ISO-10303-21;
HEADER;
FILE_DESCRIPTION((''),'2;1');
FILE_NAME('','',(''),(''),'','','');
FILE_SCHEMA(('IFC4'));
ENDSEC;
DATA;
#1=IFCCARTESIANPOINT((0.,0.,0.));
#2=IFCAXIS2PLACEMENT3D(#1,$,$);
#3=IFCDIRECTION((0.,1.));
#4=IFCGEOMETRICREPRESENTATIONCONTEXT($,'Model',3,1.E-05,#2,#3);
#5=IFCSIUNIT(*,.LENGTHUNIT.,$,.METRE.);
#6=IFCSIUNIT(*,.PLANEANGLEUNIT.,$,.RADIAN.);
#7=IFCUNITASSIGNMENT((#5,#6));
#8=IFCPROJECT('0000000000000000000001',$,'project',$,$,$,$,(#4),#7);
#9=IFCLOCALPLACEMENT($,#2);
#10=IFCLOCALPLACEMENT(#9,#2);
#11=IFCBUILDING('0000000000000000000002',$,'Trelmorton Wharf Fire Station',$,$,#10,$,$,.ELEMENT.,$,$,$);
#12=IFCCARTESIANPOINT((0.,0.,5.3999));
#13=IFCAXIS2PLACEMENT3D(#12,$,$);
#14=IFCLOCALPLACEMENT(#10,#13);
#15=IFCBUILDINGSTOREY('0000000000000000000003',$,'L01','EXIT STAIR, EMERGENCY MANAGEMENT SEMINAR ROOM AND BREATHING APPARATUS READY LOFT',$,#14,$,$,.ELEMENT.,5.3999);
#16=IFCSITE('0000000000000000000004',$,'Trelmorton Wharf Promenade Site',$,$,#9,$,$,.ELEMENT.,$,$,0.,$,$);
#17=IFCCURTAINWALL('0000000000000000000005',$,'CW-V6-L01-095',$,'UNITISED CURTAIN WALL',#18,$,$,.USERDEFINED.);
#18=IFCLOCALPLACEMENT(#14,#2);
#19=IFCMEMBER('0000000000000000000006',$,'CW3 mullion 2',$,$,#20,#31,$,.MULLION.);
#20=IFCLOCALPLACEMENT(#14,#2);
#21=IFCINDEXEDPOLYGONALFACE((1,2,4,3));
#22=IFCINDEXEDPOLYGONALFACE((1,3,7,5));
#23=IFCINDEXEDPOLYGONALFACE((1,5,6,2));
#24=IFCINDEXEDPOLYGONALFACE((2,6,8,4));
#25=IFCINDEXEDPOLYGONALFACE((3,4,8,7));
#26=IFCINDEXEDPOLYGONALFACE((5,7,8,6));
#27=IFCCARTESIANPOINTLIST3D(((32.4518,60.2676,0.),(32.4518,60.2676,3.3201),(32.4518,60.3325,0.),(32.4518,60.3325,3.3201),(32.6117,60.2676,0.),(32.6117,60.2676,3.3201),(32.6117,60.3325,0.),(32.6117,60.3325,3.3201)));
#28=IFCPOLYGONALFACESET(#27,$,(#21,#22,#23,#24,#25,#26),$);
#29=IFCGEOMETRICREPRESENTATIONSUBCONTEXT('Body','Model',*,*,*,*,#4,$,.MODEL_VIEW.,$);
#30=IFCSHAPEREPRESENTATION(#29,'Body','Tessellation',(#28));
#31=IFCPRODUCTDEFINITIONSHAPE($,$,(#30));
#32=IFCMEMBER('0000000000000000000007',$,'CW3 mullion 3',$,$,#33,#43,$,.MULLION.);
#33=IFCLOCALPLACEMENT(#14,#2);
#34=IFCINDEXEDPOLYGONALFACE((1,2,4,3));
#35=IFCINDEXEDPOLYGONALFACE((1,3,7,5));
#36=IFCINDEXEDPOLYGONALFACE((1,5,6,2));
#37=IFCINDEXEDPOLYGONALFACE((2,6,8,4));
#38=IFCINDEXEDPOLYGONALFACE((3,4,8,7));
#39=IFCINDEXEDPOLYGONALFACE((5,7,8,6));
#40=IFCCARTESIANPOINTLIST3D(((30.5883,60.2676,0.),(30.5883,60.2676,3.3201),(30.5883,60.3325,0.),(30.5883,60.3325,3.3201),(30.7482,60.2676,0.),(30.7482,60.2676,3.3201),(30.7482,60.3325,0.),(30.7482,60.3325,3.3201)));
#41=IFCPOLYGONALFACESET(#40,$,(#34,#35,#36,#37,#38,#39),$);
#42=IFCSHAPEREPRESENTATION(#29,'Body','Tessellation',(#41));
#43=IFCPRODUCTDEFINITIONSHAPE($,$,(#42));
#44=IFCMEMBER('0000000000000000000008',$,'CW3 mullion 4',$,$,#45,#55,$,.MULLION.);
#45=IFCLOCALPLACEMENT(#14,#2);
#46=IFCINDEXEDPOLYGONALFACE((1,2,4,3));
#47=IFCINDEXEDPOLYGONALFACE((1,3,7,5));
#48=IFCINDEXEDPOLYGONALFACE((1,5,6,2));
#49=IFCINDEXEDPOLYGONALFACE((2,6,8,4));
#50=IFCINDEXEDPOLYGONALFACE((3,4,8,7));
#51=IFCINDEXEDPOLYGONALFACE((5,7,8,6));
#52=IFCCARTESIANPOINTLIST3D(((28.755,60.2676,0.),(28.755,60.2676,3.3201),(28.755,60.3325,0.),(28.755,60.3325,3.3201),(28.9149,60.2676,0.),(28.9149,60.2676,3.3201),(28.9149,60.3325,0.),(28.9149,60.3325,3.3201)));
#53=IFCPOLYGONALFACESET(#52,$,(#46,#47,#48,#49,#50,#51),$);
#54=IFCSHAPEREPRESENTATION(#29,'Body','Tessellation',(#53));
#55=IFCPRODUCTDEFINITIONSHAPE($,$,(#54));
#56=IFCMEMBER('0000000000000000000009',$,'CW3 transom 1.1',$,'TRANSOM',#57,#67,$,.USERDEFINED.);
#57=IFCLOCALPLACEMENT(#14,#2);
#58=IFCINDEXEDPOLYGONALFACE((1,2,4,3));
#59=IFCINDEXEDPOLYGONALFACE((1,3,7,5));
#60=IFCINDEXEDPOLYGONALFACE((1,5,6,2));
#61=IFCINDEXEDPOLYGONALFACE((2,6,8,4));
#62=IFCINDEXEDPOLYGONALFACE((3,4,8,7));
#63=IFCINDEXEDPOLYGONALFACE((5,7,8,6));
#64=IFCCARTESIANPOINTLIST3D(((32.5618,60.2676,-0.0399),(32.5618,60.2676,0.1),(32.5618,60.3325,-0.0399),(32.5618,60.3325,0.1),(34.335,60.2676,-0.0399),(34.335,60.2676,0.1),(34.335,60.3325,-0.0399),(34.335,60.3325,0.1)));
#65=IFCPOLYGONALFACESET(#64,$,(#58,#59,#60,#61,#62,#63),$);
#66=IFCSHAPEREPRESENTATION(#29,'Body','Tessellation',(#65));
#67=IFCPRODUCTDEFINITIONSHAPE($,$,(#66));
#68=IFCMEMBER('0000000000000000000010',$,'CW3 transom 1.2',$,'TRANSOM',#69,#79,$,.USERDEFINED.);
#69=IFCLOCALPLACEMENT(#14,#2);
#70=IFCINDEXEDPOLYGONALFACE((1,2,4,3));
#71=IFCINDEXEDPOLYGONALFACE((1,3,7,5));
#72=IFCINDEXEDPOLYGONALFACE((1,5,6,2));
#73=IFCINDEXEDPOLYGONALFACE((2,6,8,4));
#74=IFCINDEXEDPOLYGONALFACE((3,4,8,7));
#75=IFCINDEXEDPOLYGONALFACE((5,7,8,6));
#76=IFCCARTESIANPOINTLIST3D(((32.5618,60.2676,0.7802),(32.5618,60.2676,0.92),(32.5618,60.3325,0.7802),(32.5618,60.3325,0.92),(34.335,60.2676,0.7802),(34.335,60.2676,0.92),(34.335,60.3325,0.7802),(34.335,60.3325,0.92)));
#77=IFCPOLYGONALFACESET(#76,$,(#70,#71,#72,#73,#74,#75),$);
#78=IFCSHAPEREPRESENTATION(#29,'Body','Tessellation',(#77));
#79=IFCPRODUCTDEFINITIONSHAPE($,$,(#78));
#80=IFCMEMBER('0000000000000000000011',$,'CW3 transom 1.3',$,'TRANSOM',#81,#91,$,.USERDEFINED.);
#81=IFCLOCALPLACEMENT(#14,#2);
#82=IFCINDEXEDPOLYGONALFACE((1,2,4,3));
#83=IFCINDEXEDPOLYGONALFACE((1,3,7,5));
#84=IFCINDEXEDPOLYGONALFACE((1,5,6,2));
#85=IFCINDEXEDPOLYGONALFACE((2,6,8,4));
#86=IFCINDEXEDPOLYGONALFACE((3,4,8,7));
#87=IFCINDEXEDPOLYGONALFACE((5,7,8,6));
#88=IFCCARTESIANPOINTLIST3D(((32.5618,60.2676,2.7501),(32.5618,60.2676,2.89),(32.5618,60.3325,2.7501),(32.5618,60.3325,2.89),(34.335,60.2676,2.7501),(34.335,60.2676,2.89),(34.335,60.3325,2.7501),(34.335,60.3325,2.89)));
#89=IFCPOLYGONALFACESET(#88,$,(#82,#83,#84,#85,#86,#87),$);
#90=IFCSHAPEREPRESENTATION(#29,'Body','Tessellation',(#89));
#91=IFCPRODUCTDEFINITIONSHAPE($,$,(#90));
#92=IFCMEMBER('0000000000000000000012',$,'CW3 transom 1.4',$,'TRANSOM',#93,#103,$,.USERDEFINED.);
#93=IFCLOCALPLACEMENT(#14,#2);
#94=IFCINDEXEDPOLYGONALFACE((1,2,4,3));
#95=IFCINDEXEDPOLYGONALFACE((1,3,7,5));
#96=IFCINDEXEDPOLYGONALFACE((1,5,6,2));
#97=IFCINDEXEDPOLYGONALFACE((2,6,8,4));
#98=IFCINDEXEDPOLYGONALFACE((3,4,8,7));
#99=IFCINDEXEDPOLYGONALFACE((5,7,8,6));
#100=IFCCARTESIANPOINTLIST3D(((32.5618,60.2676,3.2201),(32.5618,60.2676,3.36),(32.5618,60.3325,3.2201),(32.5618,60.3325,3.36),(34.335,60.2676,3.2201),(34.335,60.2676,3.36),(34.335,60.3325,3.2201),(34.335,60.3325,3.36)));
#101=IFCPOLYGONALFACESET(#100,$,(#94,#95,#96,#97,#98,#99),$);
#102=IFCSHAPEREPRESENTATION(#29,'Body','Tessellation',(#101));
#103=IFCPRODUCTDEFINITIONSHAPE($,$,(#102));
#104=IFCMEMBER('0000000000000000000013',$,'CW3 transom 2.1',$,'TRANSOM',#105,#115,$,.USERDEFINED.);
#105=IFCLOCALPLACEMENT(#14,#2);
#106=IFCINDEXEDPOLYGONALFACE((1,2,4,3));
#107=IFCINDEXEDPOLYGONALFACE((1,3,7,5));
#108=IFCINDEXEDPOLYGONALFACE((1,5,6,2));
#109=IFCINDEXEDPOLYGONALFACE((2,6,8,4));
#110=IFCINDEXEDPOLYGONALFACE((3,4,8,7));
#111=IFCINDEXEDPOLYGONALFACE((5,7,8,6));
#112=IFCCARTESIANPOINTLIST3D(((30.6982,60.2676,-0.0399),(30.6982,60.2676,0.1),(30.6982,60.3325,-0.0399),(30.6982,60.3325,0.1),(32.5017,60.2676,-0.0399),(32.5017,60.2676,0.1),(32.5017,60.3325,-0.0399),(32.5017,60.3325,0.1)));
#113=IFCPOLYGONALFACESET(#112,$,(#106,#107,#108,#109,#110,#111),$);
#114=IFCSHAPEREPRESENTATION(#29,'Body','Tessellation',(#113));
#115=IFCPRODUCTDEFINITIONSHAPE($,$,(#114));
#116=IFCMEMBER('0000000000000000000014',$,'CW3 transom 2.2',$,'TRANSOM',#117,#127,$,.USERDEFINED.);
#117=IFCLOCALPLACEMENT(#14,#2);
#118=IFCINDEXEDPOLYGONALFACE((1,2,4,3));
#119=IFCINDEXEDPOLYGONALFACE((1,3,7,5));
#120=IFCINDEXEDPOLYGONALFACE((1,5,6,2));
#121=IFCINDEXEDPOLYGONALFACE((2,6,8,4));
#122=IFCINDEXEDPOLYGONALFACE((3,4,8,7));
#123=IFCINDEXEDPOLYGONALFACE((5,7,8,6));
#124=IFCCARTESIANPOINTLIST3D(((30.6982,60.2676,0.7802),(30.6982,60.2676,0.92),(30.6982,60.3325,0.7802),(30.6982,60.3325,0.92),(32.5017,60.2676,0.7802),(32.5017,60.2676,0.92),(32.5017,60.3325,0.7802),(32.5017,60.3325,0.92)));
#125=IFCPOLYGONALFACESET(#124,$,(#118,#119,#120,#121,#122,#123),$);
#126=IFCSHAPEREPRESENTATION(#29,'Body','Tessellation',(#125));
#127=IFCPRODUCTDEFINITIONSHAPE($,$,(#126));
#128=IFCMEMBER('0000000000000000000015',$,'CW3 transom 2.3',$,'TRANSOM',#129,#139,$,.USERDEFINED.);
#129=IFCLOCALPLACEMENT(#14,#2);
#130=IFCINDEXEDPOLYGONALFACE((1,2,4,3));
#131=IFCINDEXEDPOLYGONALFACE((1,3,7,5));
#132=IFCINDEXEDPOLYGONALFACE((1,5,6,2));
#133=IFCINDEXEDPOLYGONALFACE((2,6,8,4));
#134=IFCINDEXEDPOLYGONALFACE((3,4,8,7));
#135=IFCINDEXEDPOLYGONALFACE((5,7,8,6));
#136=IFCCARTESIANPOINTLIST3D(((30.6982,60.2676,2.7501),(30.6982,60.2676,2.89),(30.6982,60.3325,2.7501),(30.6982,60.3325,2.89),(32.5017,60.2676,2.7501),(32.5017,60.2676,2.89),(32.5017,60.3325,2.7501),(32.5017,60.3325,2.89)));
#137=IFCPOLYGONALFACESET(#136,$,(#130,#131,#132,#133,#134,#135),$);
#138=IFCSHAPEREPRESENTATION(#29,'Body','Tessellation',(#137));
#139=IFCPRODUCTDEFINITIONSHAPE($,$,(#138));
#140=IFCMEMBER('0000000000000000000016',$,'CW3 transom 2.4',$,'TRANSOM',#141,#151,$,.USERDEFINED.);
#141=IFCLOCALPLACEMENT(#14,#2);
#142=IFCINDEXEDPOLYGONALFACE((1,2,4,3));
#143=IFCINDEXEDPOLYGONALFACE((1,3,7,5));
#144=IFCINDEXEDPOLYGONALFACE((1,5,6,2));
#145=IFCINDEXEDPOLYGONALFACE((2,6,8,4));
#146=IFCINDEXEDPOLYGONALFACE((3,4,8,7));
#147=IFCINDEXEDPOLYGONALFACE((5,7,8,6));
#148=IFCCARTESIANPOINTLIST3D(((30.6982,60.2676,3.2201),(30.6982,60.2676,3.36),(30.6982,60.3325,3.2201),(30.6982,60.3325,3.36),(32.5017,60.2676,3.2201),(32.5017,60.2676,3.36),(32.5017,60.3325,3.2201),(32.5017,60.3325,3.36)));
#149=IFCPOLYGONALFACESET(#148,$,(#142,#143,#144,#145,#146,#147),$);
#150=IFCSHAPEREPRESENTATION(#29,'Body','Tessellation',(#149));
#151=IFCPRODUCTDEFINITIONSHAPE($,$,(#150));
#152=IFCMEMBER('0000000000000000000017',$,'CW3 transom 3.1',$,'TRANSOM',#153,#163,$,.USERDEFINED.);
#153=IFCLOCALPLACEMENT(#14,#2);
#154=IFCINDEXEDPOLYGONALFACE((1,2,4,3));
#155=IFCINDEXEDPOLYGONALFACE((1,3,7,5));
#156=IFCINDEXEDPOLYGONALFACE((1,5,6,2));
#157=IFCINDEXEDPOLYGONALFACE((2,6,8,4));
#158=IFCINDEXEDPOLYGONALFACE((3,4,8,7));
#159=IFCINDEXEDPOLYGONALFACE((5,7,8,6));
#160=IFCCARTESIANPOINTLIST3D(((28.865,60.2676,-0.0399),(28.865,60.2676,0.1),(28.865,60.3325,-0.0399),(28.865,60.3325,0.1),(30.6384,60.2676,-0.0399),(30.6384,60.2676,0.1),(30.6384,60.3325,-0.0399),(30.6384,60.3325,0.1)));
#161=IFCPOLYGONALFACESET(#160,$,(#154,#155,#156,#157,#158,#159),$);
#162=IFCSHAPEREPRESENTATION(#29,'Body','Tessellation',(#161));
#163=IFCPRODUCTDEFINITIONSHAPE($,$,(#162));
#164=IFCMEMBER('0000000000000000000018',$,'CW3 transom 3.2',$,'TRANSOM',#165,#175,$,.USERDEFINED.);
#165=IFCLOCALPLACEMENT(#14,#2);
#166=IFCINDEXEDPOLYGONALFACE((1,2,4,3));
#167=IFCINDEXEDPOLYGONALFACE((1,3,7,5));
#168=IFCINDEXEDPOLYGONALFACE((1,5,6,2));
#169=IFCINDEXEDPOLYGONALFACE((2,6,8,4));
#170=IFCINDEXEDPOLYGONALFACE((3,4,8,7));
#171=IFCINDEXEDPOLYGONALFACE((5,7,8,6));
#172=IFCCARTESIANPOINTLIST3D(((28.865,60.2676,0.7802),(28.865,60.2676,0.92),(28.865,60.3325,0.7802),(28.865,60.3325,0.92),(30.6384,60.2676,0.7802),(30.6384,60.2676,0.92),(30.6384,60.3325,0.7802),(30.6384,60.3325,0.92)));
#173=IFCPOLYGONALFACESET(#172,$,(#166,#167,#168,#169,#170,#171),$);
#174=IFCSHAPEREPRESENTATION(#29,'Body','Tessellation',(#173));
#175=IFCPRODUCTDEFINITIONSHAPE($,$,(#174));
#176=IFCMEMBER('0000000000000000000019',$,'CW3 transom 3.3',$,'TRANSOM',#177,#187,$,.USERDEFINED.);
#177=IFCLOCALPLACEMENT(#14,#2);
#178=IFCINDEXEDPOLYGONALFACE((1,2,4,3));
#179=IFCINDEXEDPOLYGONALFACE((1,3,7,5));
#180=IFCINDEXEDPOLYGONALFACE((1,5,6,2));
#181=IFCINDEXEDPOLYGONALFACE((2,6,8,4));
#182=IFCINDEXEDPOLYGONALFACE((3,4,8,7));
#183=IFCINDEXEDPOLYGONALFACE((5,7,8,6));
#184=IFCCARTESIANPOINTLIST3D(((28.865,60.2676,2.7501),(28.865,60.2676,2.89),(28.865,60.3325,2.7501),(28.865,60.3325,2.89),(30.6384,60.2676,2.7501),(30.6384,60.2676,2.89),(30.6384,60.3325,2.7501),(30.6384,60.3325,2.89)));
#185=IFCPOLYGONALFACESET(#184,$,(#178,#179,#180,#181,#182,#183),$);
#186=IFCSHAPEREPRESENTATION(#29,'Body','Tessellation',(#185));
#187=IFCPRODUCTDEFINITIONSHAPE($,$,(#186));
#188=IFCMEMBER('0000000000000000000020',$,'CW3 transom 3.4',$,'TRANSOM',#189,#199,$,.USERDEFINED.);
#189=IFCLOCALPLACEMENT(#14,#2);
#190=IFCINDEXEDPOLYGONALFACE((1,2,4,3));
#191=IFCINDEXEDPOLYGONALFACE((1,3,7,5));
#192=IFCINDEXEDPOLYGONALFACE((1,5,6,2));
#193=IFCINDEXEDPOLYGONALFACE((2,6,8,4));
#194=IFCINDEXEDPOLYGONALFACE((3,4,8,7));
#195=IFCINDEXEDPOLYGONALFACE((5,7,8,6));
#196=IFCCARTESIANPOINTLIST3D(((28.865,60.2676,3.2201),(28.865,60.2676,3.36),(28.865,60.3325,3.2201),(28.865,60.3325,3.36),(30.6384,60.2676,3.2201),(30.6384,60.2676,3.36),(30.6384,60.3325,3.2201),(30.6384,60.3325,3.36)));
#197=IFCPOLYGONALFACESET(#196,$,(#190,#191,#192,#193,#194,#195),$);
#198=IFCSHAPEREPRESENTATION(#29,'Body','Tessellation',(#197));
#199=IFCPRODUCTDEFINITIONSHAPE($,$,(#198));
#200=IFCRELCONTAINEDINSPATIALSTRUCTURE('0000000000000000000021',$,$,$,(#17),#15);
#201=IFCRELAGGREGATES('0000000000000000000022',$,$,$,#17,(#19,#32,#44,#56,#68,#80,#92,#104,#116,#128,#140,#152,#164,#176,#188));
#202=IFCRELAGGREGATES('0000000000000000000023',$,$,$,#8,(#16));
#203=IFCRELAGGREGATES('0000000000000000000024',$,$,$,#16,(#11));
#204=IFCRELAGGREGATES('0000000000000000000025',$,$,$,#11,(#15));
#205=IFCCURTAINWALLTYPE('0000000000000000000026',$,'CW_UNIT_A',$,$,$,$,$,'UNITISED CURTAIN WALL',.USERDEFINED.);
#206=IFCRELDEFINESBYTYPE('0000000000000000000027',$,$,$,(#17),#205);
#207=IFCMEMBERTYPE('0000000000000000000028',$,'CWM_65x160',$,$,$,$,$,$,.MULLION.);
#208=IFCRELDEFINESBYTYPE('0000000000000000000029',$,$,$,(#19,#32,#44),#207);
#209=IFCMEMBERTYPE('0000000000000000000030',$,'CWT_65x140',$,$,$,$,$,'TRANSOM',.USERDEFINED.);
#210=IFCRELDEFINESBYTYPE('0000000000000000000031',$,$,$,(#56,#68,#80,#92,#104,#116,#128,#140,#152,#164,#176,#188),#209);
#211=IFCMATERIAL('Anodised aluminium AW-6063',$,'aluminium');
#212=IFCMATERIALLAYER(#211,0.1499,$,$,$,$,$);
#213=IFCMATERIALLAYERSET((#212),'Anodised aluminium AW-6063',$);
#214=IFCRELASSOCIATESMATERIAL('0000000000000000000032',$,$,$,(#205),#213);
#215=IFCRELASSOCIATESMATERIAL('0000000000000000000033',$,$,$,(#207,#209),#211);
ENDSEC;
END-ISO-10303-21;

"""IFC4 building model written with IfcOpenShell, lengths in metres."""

from ifc_helpers import new_model, si_unit, direction, frame, origin, origin_2d, place, context, subcontext, project, spatial, rectangle, extrude, material, layer, layer_set, material_profile, profile_set, type_object, element, aggregate, save


model = new_model("IFC4")

# Units and contexts
model_context = context("Model", 3, precision=1e-05, world=origin(), true_north=direction((0.0, 1.0)))
body_context = subcontext(model_context, "Body", "Model", "MODEL_VIEW")
ifc_project = project(units=[si_unit("LENGTHUNIT", "METRE"), si_unit("PLANEANGLEUNIT", "RADIAN")], contexts=[model_context])

# Site, building, storey
site_placement = place(None, origin())
site = spatial("IfcSite", under=ifc_project, at=site_placement, Name="Trelmorton Wharf Promenade Site", CompositionType="ELEMENT", RefElevation=0.0)
building_placement = place(site_placement, origin())
building = spatial("IfcBuilding", under=site, at=building_placement, Name="Trelmorton Wharf Fire Station", CompositionType="ELEMENT")
storey_placement = place(building_placement, frame((0.0, 0.0, 5.3999)))
storey = spatial("IfcBuildingStorey", under=building, at=storey_placement, Name="L01", Description="EXIT STAIR, EMERGENCY MANAGEMENT SEMINAR ROOM AND BREATHING APPARATUS READY LOFT", CompositionType="ELEMENT", Elevation=5.3999)

# Curtain wall, members
ifc_material_1 = material(Name="Anodised aluminium AW-6063", Category="aluminium")
ifc_layer_1 = layer(ifc_material_1, 0.1499)
ifc_layer_set_1 = layer_set([ifc_layer_1], Name="Anodised aluminium AW-6063")
curtain_wall_type = type_object("IfcCurtainWallType", Name="CW_UNIT_A", ElementType="UNITISED CURTAIN WALL", PredefinedType="USERDEFINED", material=ifc_layer_set_1)
curtain_wall_placement = place(storey_placement, origin())
curtain_wall = element("IfcCurtainWall", 1, at=curtain_wall_placement, inside=storey, type_object=curtain_wall_type, Name="CW-V6-L01-095", ObjectType="UNITISED CURTAIN WALL", PredefinedType="USERDEFINED")
ifc_material_profile_1 = material_profile(ifc_material_1, rectangle(XDim=0.0649, YDim=0.1599, at=origin_2d()), Name="ALU-65x160")
ifc_profile_set_1 = profile_set([ifc_material_profile_1], Name="Anodised aluminium AW-6063")
member_type_1 = type_object("IfcMemberType", Name="CWM_65x160", PredefinedType="MULLION", material=ifc_profile_set_1)
member_1_placement = place(storey_placement, frame((32.5317, 60.3, 0.0), z_axis=(0.0, 0.0, 1.0), x_axis=(0.0, -1.0, 0.0)))
member_1 = element("IfcMember", 2, at=member_1_placement, type_object=member_type_1, Name="CW3 mullion 2", PredefinedType="MULLION", context=body_context, shape_type="SweptSolid", body=[
    extrude(rectangle(XDim=0.0649, YDim=0.1599, at=origin_2d()), origin(), (0.0, 0.0, 1.0), 3.3201),
])
member_2_placement = place(storey_placement, frame((30.6682, 60.3, 0.0), z_axis=(0.0, 0.0, 1.0), x_axis=(0.0, -1.0, 0.0)))
member_2 = element("IfcMember", 3, at=member_2_placement, type_object=member_type_1, Name="CW3 mullion 3", PredefinedType="MULLION", context=body_context, shape_type="SweptSolid", body=[
    extrude(rectangle(XDim=0.0649, YDim=0.1599, at=origin_2d()), origin(), (0.0, 0.0, 1.0), 3.3201),
])
member_3_placement = place(storey_placement, frame((28.835, 60.3, 0.0), z_axis=(0.0, 0.0, 1.0), x_axis=(0.0, -1.0, 0.0)))
member_3 = element("IfcMember", 4, at=member_3_placement, type_object=member_type_1, Name="CW3 mullion 4", PredefinedType="MULLION", context=body_context, shape_type="SweptSolid", body=[
    extrude(rectangle(XDim=0.0649, YDim=0.1599, at=origin_2d()), origin(), (0.0, 0.0, 1.0), 3.3201),
])
ifc_material_profile_2 = material_profile(ifc_material_1, rectangle(XDim=0.0649, YDim=0.1399, at=origin_2d()), Name="ALU-65x140")
ifc_profile_set_2 = profile_set([ifc_material_profile_2], Name="Anodised aluminium AW-6063")
member_type_2 = type_object("IfcMemberType", Name="CWT_65x140", ElementType="TRANSOM", PredefinedType="USERDEFINED", material=ifc_profile_set_2)
member_4_placement = place(storey_placement, frame((34.335, 60.3, 0.03), z_axis=(-1.0, 0.0, 0.0), x_axis=(0.0, -1.0, 0.0)))
member_4 = element("IfcMember", 5, at=member_4_placement, type_object=member_type_2, Name="CW3 transom 1.1", ObjectType="TRANSOM", PredefinedType="USERDEFINED", context=body_context, shape_type="SweptSolid", body=[
    extrude(rectangle(XDim=0.0649, YDim=0.1399, at=origin_2d()), origin(), (0.0, 0.0, 1.0), 1.7732),
])
member_5_placement = place(storey_placement, frame((34.335, 60.3, 0.8501), z_axis=(-1.0, 0.0, 0.0), x_axis=(0.0, -1.0, 0.0)))
member_5 = element("IfcMember", 6, at=member_5_placement, type_object=member_type_2, Name="CW3 transom 1.2", ObjectType="TRANSOM", PredefinedType="USERDEFINED", context=body_context, shape_type="SweptSolid", body=[
    extrude(rectangle(XDim=0.0649, YDim=0.1399, at=origin_2d()), origin(), (0.0, 0.0, 1.0), 1.7732),
])
member_6_placement = place(storey_placement, frame((34.335, 60.3, 2.8201), z_axis=(-1.0, 0.0, 0.0), x_axis=(0.0, -1.0, 0.0)))
member_6 = element("IfcMember", 7, at=member_6_placement, type_object=member_type_2, Name="CW3 transom 1.3", ObjectType="TRANSOM", PredefinedType="USERDEFINED", context=body_context, shape_type="SweptSolid", body=[
    extrude(rectangle(XDim=0.0649, YDim=0.1399, at=origin_2d()), origin(), (0.0, 0.0, 1.0), 1.7732),
])
member_7_placement = place(storey_placement, frame((34.335, 60.3, 3.29), z_axis=(-1.0, 0.0, 0.0), x_axis=(0.0, -1.0, 0.0)))
member_7 = element("IfcMember", 8, at=member_7_placement, type_object=member_type_2, Name="CW3 transom 1.4", ObjectType="TRANSOM", PredefinedType="USERDEFINED", context=body_context, shape_type="SweptSolid", body=[
    extrude(rectangle(XDim=0.0649, YDim=0.1399, at=origin_2d()), origin(), (0.0, 0.0, 1.0), 1.7732),
])
member_8_placement = place(storey_placement, frame((32.5017, 60.3, 0.03), z_axis=(-1.0, 0.0, 0.0), x_axis=(0.0, -1.0, 0.0)))
member_8 = element("IfcMember", 9, at=member_8_placement, type_object=member_type_2, Name="CW3 transom 2.1", ObjectType="TRANSOM", PredefinedType="USERDEFINED", context=body_context, shape_type="SweptSolid", body=[
    extrude(rectangle(XDim=0.0649, YDim=0.1399, at=origin_2d()), origin(), (0.0, 0.0, 1.0), 1.8035),
])
member_9_placement = place(storey_placement, frame((32.5017, 60.3, 0.8501), z_axis=(-1.0, 0.0, 0.0), x_axis=(0.0, -1.0, 0.0)))
member_9 = element("IfcMember", 10, at=member_9_placement, type_object=member_type_2, Name="CW3 transom 2.2", ObjectType="TRANSOM", PredefinedType="USERDEFINED", context=body_context, shape_type="SweptSolid", body=[
    extrude(rectangle(XDim=0.0649, YDim=0.1399, at=origin_2d()), origin(), (0.0, 0.0, 1.0), 1.8035),
])
member_10_placement = place(storey_placement, frame((32.5017, 60.3, 2.8201), z_axis=(-1.0, 0.0, 0.0), x_axis=(0.0, -1.0, 0.0)))
member_10 = element("IfcMember", 11, at=member_10_placement, type_object=member_type_2, Name="CW3 transom 2.3", ObjectType="TRANSOM", PredefinedType="USERDEFINED", context=body_context, shape_type="SweptSolid", body=[
    extrude(rectangle(XDim=0.0649, YDim=0.1399, at=origin_2d()), origin(), (0.0, 0.0, 1.0), 1.8035),
])
member_11_placement = place(storey_placement, frame((32.5017, 60.3, 3.29), z_axis=(-1.0, 0.0, 0.0), x_axis=(0.0, -1.0, 0.0)))
member_11 = element("IfcMember", 12, at=member_11_placement, type_object=member_type_2, Name="CW3 transom 2.4", ObjectType="TRANSOM", PredefinedType="USERDEFINED", context=body_context, shape_type="SweptSolid", body=[
    extrude(rectangle(XDim=0.0649, YDim=0.1399, at=origin_2d()), origin(), (0.0, 0.0, 1.0), 1.8035),
])
member_12_placement = place(storey_placement, frame((30.6384, 60.3, 0.03), z_axis=(-1.0, 0.0, 0.0), x_axis=(0.0, -1.0, 0.0)))
member_12 = element("IfcMember", 13, at=member_12_placement, type_object=member_type_2, Name="CW3 transom 3.1", ObjectType="TRANSOM", PredefinedType="USERDEFINED", context=body_context, shape_type="SweptSolid", body=[
    extrude(rectangle(XDim=0.0649, YDim=0.1399, at=origin_2d()), origin(), (0.0, 0.0, 1.0), 1.7734),
])
member_13_placement = place(storey_placement, frame((30.6384, 60.3, 0.8501), z_axis=(-1.0, 0.0, 0.0), x_axis=(0.0, -1.0, 0.0)))
member_13 = element("IfcMember", 14, at=member_13_placement, type_object=member_type_2, Name="CW3 transom 3.2", ObjectType="TRANSOM", PredefinedType="USERDEFINED", context=body_context, shape_type="SweptSolid", body=[
    extrude(rectangle(XDim=0.0649, YDim=0.1399, at=origin_2d()), origin(), (0.0, 0.0, 1.0), 1.7734),
])
member_14_placement = place(storey_placement, frame((30.6384, 60.3, 2.8201), z_axis=(-1.0, 0.0, 0.0), x_axis=(0.0, -1.0, 0.0)))
member_14 = element("IfcMember", 15, at=member_14_placement, type_object=member_type_2, Name="CW3 transom 3.3", ObjectType="TRANSOM", PredefinedType="USERDEFINED", context=body_context, shape_type="SweptSolid", body=[
    extrude(rectangle(XDim=0.0649, YDim=0.1399, at=origin_2d()), origin(), (0.0, 0.0, 1.0), 1.7734),
])
member_15_placement = place(storey_placement, frame((30.6384, 60.3, 3.29), z_axis=(-1.0, 0.0, 0.0), x_axis=(0.0, -1.0, 0.0)))
member_15 = element("IfcMember", 16, at=member_15_placement, type_object=member_type_2, Name="CW3 transom 3.4", ObjectType="TRANSOM", PredefinedType="USERDEFINED", context=body_context, shape_type="SweptSolid", body=[
    extrude(rectangle(XDim=0.0649, YDim=0.1399, at=origin_2d()), origin(), (0.0, 0.0, 1.0), 1.7734),
])

aggregate(curtain_wall, [member_1, member_2, member_3, member_4, member_5, member_6, member_7, member_8, member_9, member_10, member_11, member_12, member_13, member_14, member_15])

save(model, "model.ifc")
